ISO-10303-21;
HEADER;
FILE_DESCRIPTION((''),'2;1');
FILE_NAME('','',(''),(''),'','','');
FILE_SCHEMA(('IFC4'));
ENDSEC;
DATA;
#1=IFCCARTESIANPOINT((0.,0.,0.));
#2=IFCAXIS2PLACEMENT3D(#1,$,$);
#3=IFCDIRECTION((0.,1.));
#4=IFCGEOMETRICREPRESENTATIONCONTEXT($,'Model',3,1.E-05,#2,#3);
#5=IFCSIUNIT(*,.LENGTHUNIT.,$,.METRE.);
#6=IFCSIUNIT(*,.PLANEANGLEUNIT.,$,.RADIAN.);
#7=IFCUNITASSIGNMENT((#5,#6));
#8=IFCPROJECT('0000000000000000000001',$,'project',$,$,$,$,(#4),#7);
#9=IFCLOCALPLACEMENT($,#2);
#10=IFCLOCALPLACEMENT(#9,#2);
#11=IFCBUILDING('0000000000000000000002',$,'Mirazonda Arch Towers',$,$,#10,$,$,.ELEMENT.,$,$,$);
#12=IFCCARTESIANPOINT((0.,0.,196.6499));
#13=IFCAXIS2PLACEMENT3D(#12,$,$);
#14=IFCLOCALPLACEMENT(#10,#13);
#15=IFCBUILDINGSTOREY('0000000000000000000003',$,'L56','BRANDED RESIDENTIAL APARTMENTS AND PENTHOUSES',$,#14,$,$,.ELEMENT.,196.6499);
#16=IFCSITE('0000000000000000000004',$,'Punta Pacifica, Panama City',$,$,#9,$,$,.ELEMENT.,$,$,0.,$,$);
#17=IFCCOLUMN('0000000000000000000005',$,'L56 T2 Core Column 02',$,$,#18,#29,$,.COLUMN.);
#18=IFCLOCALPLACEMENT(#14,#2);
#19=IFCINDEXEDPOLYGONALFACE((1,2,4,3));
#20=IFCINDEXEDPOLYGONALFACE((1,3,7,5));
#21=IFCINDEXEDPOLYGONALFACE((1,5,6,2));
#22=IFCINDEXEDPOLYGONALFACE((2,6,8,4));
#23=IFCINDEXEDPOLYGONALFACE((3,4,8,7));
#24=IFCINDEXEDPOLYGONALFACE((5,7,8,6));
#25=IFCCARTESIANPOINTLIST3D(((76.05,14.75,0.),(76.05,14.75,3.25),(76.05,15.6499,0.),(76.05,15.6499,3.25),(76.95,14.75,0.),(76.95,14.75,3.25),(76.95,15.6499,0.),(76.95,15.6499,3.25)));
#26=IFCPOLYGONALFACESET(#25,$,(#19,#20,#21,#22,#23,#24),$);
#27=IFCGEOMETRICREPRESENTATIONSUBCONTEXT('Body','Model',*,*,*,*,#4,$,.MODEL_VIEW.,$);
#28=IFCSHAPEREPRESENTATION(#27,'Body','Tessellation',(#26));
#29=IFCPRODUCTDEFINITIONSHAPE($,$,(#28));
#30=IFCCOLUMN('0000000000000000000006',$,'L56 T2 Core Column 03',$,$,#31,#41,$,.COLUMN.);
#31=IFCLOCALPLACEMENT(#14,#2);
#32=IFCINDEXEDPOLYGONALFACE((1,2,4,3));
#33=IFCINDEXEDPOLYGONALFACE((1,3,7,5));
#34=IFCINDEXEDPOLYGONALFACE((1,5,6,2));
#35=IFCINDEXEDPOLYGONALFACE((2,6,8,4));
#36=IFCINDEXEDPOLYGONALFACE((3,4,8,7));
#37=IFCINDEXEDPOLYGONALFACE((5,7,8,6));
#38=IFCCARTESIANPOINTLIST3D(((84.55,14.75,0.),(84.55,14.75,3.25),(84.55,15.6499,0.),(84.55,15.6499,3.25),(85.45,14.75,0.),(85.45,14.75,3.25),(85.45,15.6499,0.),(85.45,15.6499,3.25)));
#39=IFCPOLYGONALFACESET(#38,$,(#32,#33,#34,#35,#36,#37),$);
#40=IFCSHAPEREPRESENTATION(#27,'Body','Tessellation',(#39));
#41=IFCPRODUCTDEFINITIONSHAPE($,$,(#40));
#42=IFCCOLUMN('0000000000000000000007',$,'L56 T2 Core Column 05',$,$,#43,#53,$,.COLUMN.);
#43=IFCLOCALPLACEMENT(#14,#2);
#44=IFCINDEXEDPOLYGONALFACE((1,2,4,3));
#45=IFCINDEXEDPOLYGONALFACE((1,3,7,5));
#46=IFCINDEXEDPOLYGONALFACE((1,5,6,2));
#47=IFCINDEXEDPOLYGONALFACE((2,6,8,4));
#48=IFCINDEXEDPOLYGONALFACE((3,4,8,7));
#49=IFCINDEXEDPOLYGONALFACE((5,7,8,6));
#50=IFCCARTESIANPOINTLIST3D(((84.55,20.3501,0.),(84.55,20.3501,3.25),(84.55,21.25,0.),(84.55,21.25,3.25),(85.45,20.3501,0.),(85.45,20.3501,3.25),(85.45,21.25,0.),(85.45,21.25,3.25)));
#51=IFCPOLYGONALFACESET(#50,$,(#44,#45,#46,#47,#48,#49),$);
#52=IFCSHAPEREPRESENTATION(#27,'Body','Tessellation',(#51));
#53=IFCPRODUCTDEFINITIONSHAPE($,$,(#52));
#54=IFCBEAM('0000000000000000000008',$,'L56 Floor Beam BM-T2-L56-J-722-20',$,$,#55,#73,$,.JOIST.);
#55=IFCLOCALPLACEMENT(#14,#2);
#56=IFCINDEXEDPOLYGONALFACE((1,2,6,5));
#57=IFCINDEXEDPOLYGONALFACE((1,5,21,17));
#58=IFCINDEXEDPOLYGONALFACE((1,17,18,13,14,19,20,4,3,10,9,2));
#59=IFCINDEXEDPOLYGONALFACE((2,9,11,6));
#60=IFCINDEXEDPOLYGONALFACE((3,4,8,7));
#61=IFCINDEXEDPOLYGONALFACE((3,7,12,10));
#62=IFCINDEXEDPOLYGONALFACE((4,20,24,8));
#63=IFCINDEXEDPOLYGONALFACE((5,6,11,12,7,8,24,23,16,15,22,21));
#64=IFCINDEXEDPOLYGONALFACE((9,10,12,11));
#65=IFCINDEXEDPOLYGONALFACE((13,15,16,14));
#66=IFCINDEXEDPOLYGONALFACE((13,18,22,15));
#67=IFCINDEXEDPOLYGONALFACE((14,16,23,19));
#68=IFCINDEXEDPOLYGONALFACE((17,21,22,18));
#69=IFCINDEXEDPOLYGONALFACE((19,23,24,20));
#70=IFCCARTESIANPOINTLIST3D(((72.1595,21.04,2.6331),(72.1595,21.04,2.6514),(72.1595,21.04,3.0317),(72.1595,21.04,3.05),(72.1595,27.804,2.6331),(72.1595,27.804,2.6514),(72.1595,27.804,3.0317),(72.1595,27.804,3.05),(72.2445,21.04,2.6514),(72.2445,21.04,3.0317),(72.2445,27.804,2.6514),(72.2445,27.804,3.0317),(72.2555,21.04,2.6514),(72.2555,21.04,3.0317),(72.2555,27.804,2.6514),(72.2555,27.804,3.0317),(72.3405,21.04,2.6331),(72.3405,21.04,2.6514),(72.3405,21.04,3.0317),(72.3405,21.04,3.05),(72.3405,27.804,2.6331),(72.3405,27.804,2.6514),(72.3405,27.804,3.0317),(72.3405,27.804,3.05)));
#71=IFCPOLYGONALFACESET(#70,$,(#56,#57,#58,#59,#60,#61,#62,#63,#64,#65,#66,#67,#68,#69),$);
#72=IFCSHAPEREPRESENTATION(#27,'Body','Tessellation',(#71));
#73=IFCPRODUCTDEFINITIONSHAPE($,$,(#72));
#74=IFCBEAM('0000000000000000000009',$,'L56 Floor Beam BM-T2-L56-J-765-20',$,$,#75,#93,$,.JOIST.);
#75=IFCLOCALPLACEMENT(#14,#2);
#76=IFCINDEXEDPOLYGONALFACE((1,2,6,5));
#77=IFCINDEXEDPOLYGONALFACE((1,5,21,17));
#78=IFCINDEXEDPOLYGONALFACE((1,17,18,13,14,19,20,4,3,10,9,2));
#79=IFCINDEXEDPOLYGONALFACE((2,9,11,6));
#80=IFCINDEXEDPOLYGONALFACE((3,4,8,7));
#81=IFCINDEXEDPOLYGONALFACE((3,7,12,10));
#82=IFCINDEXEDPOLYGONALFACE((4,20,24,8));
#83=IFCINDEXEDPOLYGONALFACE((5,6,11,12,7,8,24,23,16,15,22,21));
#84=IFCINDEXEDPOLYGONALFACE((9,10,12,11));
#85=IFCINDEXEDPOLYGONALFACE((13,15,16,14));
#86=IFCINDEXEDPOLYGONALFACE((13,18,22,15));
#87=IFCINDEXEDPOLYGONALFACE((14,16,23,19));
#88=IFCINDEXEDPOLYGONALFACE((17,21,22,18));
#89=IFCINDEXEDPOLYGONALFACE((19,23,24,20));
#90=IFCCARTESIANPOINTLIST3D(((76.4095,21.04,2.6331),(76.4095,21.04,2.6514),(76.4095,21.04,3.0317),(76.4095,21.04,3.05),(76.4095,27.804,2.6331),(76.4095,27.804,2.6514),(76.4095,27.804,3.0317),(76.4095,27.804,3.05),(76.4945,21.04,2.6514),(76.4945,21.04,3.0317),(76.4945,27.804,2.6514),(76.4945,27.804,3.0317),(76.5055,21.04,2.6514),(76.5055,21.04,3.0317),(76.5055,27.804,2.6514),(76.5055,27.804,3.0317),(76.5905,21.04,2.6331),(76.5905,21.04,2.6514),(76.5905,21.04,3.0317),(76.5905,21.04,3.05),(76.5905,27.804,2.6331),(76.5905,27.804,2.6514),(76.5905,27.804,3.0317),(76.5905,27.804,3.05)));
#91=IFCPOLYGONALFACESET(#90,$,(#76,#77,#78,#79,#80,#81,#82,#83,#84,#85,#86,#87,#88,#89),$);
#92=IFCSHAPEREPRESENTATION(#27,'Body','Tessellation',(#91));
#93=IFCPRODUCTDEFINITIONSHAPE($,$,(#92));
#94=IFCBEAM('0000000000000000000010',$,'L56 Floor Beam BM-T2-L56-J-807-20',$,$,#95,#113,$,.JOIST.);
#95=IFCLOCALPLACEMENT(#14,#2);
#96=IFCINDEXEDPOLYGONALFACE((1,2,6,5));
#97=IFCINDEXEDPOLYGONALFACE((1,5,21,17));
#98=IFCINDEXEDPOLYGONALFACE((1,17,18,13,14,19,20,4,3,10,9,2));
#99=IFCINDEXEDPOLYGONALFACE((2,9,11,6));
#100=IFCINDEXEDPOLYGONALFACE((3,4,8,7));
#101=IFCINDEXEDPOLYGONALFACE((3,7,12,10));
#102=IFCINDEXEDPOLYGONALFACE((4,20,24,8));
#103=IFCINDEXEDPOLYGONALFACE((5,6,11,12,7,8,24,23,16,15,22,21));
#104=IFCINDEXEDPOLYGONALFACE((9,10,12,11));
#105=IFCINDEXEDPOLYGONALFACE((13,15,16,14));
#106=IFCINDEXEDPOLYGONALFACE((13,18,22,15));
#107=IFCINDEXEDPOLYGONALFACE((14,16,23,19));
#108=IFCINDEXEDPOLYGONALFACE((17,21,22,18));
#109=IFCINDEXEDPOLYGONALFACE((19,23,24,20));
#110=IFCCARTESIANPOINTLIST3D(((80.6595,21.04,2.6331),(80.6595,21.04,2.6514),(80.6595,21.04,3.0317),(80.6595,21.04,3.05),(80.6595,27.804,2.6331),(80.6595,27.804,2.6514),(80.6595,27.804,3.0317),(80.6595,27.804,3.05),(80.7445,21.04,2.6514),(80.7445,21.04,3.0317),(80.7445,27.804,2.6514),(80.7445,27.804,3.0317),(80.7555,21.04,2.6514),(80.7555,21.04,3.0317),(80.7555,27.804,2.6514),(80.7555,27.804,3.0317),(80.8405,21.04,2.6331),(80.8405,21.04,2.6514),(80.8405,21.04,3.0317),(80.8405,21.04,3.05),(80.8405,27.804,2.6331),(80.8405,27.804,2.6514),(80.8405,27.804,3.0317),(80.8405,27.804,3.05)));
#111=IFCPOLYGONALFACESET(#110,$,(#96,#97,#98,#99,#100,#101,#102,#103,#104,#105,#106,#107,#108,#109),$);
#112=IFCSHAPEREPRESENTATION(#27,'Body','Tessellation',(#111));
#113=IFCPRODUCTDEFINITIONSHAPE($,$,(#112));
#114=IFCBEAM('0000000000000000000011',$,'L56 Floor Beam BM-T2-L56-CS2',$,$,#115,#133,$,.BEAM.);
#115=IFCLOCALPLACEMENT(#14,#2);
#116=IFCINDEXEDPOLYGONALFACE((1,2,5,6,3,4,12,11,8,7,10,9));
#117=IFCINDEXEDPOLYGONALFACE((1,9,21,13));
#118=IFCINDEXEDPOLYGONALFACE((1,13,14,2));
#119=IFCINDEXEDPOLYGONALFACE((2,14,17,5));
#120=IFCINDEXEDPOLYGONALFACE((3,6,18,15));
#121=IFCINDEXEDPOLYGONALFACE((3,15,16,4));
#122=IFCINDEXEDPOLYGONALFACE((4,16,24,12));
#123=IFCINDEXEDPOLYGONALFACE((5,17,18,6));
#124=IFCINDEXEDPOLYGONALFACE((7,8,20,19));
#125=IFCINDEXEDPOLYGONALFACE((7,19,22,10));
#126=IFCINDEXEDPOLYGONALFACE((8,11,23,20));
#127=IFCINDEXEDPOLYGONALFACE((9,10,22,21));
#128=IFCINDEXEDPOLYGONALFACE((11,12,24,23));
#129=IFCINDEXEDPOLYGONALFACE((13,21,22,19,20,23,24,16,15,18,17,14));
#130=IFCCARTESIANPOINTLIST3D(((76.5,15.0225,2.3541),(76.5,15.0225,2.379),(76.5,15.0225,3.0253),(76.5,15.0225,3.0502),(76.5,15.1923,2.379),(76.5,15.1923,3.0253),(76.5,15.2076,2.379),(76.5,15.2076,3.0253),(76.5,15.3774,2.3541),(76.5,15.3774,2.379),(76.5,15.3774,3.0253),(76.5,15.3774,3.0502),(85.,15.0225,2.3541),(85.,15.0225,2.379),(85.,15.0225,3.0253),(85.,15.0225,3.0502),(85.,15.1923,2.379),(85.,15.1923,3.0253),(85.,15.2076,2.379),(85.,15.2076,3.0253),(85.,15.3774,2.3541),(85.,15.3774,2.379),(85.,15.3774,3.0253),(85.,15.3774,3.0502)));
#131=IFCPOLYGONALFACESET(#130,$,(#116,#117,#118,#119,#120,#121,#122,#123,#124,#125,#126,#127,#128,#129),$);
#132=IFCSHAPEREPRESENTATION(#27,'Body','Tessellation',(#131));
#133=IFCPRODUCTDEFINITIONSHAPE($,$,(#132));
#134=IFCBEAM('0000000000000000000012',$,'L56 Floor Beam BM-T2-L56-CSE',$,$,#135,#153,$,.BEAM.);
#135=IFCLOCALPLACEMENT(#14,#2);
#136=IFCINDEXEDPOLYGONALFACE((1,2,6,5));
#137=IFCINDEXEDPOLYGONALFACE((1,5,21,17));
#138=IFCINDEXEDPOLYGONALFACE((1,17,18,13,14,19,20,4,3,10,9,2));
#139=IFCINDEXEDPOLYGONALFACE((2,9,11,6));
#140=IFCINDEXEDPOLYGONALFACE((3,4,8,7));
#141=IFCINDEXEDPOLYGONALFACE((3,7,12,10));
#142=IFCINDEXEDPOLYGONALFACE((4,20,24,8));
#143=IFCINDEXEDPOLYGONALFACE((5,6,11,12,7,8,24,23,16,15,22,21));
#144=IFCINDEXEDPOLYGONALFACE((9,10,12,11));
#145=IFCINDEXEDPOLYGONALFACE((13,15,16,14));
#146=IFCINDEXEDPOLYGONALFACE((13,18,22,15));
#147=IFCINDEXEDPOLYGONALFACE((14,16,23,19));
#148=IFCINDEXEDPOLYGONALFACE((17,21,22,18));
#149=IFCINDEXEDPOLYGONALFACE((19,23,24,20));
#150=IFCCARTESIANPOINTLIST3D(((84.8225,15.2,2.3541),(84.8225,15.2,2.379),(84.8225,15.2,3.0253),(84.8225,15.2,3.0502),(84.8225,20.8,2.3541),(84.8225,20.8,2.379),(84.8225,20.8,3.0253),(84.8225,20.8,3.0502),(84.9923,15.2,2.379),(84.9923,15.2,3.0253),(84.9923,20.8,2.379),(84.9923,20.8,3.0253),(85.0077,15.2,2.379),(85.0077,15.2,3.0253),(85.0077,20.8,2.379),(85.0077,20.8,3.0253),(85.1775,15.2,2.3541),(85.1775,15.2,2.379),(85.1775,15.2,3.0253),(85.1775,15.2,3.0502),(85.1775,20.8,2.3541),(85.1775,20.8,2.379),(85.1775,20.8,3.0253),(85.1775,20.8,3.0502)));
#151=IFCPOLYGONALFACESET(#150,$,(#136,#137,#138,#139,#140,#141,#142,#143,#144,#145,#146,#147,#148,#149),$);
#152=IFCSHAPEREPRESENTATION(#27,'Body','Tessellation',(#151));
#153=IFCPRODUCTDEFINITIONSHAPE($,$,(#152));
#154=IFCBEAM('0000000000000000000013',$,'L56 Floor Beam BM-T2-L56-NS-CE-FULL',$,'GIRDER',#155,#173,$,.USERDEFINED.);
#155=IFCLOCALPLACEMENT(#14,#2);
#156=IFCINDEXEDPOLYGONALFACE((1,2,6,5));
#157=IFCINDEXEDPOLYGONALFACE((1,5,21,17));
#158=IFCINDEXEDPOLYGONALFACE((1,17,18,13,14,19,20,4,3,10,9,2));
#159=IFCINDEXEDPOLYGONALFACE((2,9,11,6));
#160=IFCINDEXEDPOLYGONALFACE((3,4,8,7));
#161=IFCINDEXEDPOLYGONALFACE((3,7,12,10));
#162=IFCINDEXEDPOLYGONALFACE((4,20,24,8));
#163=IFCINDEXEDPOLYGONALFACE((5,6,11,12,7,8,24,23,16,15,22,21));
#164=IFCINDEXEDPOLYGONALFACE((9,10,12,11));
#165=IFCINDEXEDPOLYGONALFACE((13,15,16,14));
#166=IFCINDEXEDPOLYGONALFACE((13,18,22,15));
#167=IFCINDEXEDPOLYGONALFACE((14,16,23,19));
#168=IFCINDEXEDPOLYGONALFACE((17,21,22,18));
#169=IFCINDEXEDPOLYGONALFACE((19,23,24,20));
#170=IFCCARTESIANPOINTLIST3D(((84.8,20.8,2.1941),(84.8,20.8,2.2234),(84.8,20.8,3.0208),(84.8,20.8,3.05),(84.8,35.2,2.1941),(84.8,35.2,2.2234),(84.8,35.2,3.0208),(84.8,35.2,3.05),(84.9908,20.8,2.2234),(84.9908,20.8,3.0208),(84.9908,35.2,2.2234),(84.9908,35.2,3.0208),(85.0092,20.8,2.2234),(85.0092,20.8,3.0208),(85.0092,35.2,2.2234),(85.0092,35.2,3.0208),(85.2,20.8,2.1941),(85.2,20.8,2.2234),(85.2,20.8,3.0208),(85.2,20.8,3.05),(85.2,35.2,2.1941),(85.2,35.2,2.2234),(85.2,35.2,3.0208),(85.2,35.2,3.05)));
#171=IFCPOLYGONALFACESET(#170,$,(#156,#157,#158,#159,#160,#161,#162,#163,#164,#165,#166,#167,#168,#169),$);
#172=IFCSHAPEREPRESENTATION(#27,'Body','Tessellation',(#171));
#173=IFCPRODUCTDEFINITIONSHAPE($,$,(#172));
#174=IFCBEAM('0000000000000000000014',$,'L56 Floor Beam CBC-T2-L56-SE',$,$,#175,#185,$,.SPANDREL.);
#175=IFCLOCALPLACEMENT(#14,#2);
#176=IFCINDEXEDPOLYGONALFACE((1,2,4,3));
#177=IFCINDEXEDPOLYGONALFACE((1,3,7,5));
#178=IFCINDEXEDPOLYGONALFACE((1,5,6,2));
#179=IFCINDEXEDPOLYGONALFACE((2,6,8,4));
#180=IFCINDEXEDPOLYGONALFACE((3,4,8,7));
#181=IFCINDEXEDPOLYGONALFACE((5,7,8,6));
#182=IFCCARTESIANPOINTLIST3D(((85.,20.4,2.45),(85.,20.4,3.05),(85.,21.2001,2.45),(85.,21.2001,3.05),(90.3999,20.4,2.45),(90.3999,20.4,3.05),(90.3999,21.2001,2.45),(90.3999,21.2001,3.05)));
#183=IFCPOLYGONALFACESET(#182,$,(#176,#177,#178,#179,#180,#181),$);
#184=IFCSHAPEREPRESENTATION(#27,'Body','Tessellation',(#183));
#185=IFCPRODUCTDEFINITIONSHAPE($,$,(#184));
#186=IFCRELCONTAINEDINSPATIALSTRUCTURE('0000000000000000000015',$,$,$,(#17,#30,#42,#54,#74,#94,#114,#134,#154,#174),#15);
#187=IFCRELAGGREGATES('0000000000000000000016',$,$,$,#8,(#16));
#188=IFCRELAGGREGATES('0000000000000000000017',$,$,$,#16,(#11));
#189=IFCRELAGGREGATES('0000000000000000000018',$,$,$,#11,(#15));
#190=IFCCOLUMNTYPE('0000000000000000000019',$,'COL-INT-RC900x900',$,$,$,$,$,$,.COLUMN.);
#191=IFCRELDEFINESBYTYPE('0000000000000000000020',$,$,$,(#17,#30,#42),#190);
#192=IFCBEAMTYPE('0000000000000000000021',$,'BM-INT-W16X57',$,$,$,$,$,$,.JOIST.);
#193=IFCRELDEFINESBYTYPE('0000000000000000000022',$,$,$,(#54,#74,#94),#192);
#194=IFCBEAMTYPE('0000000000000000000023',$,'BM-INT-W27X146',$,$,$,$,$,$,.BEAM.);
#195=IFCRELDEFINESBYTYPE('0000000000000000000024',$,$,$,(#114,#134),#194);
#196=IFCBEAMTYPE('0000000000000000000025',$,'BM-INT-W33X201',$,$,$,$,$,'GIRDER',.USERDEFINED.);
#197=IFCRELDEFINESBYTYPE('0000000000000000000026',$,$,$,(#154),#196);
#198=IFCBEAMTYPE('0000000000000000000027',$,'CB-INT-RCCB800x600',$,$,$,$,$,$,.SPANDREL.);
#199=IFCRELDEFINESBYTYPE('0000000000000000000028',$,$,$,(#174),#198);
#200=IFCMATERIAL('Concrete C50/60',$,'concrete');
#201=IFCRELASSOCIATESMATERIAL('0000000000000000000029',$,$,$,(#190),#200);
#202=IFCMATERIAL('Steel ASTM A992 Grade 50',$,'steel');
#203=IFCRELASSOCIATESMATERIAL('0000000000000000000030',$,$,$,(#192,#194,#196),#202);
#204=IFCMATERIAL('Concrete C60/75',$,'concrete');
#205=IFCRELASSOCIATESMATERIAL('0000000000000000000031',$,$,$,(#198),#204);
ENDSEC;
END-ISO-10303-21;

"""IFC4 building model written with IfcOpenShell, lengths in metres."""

from ifc_helpers import new_model, si_unit, direction, frame, origin, origin_2d, place, context, subcontext, project, spatial, rectangle, i_section, extrude, material, material_profile, profile_set, type_object, element, save


model = new_model("IFC4")

# Units and contexts
model_context = context("Model", 3, precision=1e-05, world=origin(), true_north=direction((0.0, 1.0)))
body_context = subcontext(model_context, "Body", "Model", "MODEL_VIEW")
ifc_project = project(units=[si_unit("LENGTHUNIT", "METRE"), si_unit("PLANEANGLEUNIT", "RADIAN")], contexts=[model_context])

# Site, building, storey
site_placement = place(None, origin())
site = spatial("IfcSite", under=ifc_project, at=site_placement, Name="Punta Pacifica, Panama City", CompositionType="ELEMENT", RefElevation=0.0)
building_placement = place(site_placement, origin())
building = spatial("IfcBuilding", under=site, at=building_placement, Name="Mirazonda Arch Towers", CompositionType="ELEMENT")
storey_placement = place(building_placement, frame((0.0, 0.0, 196.6499)))
storey = spatial("IfcBuildingStorey", under=building, at=storey_placement, Name="L56", Description="BRANDED RESIDENTIAL APARTMENTS AND PENTHOUSES", CompositionType="ELEMENT", Elevation=196.6499)

# Columns
ifc_material_1 = material(Name="Concrete C50/60", Category="concrete")
ifc_material_profile_1 = material_profile(ifc_material_1, rectangle(XDim=0.8999, YDim=0.8999, at=origin_2d()), Name="RC900x900")
ifc_profile_set_1 = profile_set([ifc_material_profile_1], Name="Concrete C50/60")
column_type = type_object("IfcColumnType", Name="COL-INT-RC900x900", PredefinedType="COLUMN", material=ifc_profile_set_1)
for number, where, z_axis, x_axis, name in (
    (1, (76.5, 15.2, 0.0), (0.0, 0.0, 1.0), (1.0, 0.0, 0.0), "L56 T2 Core Column 02"),
    (2, (85.0, 15.2, 0.0), (0.0, 0.0, 1.0), (1.0, 0.0, 0.0), "L56 T2 Core Column 03"),
    (3, (85.0, 20.8, 0.0), (0.0, 0.0, 1.0), (1.0, 0.0, 0.0), "L56 T2 Core Column 05"),
):
    element("IfcColumn", number, at=place(storey_placement, frame(where, z_axis=z_axis, x_axis=x_axis)), inside=storey, type_object=column_type, Name=name, PredefinedType="COLUMN", context=body_context, shape_type="SweptSolid", body=[
        extrude(rectangle(XDim=0.8999, YDim=0.8999, at=origin_2d()), origin(), (0.0, 0.0, 1.0), 3.25),
    ])

# Beams
ifc_material_2 = material(Name="Steel ASTM A992 Grade 50", Category="steel")
ifc_material_profile_2 = material_profile(ifc_material_2, i_section(OverallWidth=0.1809, OverallDepth=0.417, WebThickness=0.011, FlangeThickness=0.0183, at=origin_2d()), Name="W16X57")
ifc_profile_set_2 = profile_set([ifc_material_profile_2], Name="Steel ASTM A992 Grade 50")
beam_type_1 = type_object("IfcBeamType", Name="BM-INT-W16X57", PredefinedType="JOIST", material=ifc_profile_set_2)
for number, where, z_axis, x_axis, name in (
    (4, (72.25, 21.04, 2.8416), (0.0, 1.0, 0.0), (-1.0, 0.0, 0.0), "L56 Floor Beam BM-T2-L56-J-722-20"),
    (5, (76.5, 21.04, 2.8416), (0.0, 1.0, 0.0), (-1.0, 0.0, 0.0), "L56 Floor Beam BM-T2-L56-J-765-20"),
    (6, (80.75, 21.04, 2.8416), (0.0, 1.0, 0.0), (-1.0, 0.0, 0.0), "L56 Floor Beam BM-T2-L56-J-807-20"),
):
    element("IfcBeam", number, at=place(storey_placement, frame(where, z_axis=z_axis, x_axis=x_axis)), inside=storey, type_object=beam_type_1, Name=name, PredefinedType="JOIST", context=body_context, shape_type="SweptSolid", body=[
        extrude(i_section(OverallWidth=0.1809, OverallDepth=0.417, WebThickness=0.011, FlangeThickness=0.0183, at=origin_2d()), origin(), (0.0, 0.0, 1.0), 6.7639),
    ])
ifc_material_profile_3 = material_profile(ifc_material_2, i_section(OverallWidth=0.355, OverallDepth=0.696, WebThickness=0.0154, FlangeThickness=0.0249, at=origin_2d()), Name="W27X146")
ifc_profile_set_3 = profile_set([ifc_material_profile_3], Name="Steel ASTM A992 Grade 50")
beam_type_2 = type_object("IfcBeamType", Name="BM-INT-W27X146", PredefinedType="BEAM", material=ifc_profile_set_3)
beam_1_placement = place(storey_placement, frame((76.5, 15.2, 2.7021), z_axis=(1.0, 0.0, 0.0), x_axis=(0.0, 1.0, 0.0)))
element("IfcBeam", 7, at=beam_1_placement, inside=storey, type_object=beam_type_2, Name="L56 Floor Beam BM-T2-L56-CS2", PredefinedType="BEAM", context=body_context, shape_type="SweptSolid", body=[
    extrude(i_section(OverallWidth=0.355, OverallDepth=0.696, WebThickness=0.0154, FlangeThickness=0.0249, at=origin_2d()), origin(), (0.0, 0.0, 1.0), 8.5),
])
beam_2_placement = place(storey_placement, frame((85.0, 15.2, 2.7021), z_axis=(0.0, 1.0, 0.0), x_axis=(-1.0, 0.0, 0.0)))
element("IfcBeam", 8, at=beam_2_placement, inside=storey, type_object=beam_type_2, Name="L56 Floor Beam BM-T2-L56-CSE", PredefinedType="BEAM", context=body_context, shape_type="SweptSolid", body=[
    extrude(i_section(OverallWidth=0.355, OverallDepth=0.696, WebThickness=0.0154, FlangeThickness=0.0249, at=origin_2d()), origin(), (0.0, 0.0, 1.0), 5.6001),
])
ifc_material_profile_4 = material_profile(ifc_material_2, i_section(OverallWidth=0.3999, OverallDepth=0.856, WebThickness=0.0183, FlangeThickness=0.0293, at=origin_2d()), Name="W33X201")
ifc_profile_set_4 = profile_set([ifc_material_profile_4], Name="Steel ASTM A992 Grade 50")
beam_type_3 = type_object("IfcBeamType", Name="BM-INT-W33X201", ElementType="GIRDER", PredefinedType="USERDEFINED", material=ifc_profile_set_4)
beam_3_placement = place(storey_placement, frame((85.0, 20.8, 2.6221), z_axis=(0.0, 1.0, 0.0), x_axis=(-1.0, 0.0, 0.0)))
element("IfcBeam", 9, at=beam_3_placement, inside=storey, type_object=beam_type_3, Name="L56 Floor Beam BM-T2-L56-NS-CE-FULL", ObjectType="GIRDER", PredefinedType="USERDEFINED", context=body_context, shape_type="SweptSolid", body=[
    extrude(i_section(OverallWidth=0.3999, OverallDepth=0.856, WebThickness=0.0183, FlangeThickness=0.0293, at=origin_2d()), origin(), (0.0, 0.0, 1.0), 14.3999),
])
ifc_material_3 = material(Name="Concrete C60/75", Category="concrete")
ifc_material_profile_5 = material_profile(ifc_material_3, rectangle(XDim=0.8, YDim=0.6001, at=origin_2d()), Name="RCCB800x600")
ifc_profile_set_5 = profile_set([ifc_material_profile_5], Name="Concrete C60/75")
beam_type_4 = type_object("IfcBeamType", Name="CB-INT-RCCB800x600", PredefinedType="SPANDREL", material=ifc_profile_set_5)
beam_4_placement = place(storey_placement, frame((85.0, 20.8, 2.75), z_axis=(1.0, 0.0, 0.0), x_axis=(0.0, 1.0, 0.0)))
element("IfcBeam", 10, at=beam_4_placement, inside=storey, type_object=beam_type_4, Name="L56 Floor Beam CBC-T2-L56-SE", PredefinedType="SPANDREL", context=body_context, shape_type="SweptSolid", body=[
    extrude(rectangle(XDim=0.8, YDim=0.6001, at=origin_2d()), origin(), (0.0, 0.0, 1.0), 5.3999),
])

save(model, "model.ifc")
